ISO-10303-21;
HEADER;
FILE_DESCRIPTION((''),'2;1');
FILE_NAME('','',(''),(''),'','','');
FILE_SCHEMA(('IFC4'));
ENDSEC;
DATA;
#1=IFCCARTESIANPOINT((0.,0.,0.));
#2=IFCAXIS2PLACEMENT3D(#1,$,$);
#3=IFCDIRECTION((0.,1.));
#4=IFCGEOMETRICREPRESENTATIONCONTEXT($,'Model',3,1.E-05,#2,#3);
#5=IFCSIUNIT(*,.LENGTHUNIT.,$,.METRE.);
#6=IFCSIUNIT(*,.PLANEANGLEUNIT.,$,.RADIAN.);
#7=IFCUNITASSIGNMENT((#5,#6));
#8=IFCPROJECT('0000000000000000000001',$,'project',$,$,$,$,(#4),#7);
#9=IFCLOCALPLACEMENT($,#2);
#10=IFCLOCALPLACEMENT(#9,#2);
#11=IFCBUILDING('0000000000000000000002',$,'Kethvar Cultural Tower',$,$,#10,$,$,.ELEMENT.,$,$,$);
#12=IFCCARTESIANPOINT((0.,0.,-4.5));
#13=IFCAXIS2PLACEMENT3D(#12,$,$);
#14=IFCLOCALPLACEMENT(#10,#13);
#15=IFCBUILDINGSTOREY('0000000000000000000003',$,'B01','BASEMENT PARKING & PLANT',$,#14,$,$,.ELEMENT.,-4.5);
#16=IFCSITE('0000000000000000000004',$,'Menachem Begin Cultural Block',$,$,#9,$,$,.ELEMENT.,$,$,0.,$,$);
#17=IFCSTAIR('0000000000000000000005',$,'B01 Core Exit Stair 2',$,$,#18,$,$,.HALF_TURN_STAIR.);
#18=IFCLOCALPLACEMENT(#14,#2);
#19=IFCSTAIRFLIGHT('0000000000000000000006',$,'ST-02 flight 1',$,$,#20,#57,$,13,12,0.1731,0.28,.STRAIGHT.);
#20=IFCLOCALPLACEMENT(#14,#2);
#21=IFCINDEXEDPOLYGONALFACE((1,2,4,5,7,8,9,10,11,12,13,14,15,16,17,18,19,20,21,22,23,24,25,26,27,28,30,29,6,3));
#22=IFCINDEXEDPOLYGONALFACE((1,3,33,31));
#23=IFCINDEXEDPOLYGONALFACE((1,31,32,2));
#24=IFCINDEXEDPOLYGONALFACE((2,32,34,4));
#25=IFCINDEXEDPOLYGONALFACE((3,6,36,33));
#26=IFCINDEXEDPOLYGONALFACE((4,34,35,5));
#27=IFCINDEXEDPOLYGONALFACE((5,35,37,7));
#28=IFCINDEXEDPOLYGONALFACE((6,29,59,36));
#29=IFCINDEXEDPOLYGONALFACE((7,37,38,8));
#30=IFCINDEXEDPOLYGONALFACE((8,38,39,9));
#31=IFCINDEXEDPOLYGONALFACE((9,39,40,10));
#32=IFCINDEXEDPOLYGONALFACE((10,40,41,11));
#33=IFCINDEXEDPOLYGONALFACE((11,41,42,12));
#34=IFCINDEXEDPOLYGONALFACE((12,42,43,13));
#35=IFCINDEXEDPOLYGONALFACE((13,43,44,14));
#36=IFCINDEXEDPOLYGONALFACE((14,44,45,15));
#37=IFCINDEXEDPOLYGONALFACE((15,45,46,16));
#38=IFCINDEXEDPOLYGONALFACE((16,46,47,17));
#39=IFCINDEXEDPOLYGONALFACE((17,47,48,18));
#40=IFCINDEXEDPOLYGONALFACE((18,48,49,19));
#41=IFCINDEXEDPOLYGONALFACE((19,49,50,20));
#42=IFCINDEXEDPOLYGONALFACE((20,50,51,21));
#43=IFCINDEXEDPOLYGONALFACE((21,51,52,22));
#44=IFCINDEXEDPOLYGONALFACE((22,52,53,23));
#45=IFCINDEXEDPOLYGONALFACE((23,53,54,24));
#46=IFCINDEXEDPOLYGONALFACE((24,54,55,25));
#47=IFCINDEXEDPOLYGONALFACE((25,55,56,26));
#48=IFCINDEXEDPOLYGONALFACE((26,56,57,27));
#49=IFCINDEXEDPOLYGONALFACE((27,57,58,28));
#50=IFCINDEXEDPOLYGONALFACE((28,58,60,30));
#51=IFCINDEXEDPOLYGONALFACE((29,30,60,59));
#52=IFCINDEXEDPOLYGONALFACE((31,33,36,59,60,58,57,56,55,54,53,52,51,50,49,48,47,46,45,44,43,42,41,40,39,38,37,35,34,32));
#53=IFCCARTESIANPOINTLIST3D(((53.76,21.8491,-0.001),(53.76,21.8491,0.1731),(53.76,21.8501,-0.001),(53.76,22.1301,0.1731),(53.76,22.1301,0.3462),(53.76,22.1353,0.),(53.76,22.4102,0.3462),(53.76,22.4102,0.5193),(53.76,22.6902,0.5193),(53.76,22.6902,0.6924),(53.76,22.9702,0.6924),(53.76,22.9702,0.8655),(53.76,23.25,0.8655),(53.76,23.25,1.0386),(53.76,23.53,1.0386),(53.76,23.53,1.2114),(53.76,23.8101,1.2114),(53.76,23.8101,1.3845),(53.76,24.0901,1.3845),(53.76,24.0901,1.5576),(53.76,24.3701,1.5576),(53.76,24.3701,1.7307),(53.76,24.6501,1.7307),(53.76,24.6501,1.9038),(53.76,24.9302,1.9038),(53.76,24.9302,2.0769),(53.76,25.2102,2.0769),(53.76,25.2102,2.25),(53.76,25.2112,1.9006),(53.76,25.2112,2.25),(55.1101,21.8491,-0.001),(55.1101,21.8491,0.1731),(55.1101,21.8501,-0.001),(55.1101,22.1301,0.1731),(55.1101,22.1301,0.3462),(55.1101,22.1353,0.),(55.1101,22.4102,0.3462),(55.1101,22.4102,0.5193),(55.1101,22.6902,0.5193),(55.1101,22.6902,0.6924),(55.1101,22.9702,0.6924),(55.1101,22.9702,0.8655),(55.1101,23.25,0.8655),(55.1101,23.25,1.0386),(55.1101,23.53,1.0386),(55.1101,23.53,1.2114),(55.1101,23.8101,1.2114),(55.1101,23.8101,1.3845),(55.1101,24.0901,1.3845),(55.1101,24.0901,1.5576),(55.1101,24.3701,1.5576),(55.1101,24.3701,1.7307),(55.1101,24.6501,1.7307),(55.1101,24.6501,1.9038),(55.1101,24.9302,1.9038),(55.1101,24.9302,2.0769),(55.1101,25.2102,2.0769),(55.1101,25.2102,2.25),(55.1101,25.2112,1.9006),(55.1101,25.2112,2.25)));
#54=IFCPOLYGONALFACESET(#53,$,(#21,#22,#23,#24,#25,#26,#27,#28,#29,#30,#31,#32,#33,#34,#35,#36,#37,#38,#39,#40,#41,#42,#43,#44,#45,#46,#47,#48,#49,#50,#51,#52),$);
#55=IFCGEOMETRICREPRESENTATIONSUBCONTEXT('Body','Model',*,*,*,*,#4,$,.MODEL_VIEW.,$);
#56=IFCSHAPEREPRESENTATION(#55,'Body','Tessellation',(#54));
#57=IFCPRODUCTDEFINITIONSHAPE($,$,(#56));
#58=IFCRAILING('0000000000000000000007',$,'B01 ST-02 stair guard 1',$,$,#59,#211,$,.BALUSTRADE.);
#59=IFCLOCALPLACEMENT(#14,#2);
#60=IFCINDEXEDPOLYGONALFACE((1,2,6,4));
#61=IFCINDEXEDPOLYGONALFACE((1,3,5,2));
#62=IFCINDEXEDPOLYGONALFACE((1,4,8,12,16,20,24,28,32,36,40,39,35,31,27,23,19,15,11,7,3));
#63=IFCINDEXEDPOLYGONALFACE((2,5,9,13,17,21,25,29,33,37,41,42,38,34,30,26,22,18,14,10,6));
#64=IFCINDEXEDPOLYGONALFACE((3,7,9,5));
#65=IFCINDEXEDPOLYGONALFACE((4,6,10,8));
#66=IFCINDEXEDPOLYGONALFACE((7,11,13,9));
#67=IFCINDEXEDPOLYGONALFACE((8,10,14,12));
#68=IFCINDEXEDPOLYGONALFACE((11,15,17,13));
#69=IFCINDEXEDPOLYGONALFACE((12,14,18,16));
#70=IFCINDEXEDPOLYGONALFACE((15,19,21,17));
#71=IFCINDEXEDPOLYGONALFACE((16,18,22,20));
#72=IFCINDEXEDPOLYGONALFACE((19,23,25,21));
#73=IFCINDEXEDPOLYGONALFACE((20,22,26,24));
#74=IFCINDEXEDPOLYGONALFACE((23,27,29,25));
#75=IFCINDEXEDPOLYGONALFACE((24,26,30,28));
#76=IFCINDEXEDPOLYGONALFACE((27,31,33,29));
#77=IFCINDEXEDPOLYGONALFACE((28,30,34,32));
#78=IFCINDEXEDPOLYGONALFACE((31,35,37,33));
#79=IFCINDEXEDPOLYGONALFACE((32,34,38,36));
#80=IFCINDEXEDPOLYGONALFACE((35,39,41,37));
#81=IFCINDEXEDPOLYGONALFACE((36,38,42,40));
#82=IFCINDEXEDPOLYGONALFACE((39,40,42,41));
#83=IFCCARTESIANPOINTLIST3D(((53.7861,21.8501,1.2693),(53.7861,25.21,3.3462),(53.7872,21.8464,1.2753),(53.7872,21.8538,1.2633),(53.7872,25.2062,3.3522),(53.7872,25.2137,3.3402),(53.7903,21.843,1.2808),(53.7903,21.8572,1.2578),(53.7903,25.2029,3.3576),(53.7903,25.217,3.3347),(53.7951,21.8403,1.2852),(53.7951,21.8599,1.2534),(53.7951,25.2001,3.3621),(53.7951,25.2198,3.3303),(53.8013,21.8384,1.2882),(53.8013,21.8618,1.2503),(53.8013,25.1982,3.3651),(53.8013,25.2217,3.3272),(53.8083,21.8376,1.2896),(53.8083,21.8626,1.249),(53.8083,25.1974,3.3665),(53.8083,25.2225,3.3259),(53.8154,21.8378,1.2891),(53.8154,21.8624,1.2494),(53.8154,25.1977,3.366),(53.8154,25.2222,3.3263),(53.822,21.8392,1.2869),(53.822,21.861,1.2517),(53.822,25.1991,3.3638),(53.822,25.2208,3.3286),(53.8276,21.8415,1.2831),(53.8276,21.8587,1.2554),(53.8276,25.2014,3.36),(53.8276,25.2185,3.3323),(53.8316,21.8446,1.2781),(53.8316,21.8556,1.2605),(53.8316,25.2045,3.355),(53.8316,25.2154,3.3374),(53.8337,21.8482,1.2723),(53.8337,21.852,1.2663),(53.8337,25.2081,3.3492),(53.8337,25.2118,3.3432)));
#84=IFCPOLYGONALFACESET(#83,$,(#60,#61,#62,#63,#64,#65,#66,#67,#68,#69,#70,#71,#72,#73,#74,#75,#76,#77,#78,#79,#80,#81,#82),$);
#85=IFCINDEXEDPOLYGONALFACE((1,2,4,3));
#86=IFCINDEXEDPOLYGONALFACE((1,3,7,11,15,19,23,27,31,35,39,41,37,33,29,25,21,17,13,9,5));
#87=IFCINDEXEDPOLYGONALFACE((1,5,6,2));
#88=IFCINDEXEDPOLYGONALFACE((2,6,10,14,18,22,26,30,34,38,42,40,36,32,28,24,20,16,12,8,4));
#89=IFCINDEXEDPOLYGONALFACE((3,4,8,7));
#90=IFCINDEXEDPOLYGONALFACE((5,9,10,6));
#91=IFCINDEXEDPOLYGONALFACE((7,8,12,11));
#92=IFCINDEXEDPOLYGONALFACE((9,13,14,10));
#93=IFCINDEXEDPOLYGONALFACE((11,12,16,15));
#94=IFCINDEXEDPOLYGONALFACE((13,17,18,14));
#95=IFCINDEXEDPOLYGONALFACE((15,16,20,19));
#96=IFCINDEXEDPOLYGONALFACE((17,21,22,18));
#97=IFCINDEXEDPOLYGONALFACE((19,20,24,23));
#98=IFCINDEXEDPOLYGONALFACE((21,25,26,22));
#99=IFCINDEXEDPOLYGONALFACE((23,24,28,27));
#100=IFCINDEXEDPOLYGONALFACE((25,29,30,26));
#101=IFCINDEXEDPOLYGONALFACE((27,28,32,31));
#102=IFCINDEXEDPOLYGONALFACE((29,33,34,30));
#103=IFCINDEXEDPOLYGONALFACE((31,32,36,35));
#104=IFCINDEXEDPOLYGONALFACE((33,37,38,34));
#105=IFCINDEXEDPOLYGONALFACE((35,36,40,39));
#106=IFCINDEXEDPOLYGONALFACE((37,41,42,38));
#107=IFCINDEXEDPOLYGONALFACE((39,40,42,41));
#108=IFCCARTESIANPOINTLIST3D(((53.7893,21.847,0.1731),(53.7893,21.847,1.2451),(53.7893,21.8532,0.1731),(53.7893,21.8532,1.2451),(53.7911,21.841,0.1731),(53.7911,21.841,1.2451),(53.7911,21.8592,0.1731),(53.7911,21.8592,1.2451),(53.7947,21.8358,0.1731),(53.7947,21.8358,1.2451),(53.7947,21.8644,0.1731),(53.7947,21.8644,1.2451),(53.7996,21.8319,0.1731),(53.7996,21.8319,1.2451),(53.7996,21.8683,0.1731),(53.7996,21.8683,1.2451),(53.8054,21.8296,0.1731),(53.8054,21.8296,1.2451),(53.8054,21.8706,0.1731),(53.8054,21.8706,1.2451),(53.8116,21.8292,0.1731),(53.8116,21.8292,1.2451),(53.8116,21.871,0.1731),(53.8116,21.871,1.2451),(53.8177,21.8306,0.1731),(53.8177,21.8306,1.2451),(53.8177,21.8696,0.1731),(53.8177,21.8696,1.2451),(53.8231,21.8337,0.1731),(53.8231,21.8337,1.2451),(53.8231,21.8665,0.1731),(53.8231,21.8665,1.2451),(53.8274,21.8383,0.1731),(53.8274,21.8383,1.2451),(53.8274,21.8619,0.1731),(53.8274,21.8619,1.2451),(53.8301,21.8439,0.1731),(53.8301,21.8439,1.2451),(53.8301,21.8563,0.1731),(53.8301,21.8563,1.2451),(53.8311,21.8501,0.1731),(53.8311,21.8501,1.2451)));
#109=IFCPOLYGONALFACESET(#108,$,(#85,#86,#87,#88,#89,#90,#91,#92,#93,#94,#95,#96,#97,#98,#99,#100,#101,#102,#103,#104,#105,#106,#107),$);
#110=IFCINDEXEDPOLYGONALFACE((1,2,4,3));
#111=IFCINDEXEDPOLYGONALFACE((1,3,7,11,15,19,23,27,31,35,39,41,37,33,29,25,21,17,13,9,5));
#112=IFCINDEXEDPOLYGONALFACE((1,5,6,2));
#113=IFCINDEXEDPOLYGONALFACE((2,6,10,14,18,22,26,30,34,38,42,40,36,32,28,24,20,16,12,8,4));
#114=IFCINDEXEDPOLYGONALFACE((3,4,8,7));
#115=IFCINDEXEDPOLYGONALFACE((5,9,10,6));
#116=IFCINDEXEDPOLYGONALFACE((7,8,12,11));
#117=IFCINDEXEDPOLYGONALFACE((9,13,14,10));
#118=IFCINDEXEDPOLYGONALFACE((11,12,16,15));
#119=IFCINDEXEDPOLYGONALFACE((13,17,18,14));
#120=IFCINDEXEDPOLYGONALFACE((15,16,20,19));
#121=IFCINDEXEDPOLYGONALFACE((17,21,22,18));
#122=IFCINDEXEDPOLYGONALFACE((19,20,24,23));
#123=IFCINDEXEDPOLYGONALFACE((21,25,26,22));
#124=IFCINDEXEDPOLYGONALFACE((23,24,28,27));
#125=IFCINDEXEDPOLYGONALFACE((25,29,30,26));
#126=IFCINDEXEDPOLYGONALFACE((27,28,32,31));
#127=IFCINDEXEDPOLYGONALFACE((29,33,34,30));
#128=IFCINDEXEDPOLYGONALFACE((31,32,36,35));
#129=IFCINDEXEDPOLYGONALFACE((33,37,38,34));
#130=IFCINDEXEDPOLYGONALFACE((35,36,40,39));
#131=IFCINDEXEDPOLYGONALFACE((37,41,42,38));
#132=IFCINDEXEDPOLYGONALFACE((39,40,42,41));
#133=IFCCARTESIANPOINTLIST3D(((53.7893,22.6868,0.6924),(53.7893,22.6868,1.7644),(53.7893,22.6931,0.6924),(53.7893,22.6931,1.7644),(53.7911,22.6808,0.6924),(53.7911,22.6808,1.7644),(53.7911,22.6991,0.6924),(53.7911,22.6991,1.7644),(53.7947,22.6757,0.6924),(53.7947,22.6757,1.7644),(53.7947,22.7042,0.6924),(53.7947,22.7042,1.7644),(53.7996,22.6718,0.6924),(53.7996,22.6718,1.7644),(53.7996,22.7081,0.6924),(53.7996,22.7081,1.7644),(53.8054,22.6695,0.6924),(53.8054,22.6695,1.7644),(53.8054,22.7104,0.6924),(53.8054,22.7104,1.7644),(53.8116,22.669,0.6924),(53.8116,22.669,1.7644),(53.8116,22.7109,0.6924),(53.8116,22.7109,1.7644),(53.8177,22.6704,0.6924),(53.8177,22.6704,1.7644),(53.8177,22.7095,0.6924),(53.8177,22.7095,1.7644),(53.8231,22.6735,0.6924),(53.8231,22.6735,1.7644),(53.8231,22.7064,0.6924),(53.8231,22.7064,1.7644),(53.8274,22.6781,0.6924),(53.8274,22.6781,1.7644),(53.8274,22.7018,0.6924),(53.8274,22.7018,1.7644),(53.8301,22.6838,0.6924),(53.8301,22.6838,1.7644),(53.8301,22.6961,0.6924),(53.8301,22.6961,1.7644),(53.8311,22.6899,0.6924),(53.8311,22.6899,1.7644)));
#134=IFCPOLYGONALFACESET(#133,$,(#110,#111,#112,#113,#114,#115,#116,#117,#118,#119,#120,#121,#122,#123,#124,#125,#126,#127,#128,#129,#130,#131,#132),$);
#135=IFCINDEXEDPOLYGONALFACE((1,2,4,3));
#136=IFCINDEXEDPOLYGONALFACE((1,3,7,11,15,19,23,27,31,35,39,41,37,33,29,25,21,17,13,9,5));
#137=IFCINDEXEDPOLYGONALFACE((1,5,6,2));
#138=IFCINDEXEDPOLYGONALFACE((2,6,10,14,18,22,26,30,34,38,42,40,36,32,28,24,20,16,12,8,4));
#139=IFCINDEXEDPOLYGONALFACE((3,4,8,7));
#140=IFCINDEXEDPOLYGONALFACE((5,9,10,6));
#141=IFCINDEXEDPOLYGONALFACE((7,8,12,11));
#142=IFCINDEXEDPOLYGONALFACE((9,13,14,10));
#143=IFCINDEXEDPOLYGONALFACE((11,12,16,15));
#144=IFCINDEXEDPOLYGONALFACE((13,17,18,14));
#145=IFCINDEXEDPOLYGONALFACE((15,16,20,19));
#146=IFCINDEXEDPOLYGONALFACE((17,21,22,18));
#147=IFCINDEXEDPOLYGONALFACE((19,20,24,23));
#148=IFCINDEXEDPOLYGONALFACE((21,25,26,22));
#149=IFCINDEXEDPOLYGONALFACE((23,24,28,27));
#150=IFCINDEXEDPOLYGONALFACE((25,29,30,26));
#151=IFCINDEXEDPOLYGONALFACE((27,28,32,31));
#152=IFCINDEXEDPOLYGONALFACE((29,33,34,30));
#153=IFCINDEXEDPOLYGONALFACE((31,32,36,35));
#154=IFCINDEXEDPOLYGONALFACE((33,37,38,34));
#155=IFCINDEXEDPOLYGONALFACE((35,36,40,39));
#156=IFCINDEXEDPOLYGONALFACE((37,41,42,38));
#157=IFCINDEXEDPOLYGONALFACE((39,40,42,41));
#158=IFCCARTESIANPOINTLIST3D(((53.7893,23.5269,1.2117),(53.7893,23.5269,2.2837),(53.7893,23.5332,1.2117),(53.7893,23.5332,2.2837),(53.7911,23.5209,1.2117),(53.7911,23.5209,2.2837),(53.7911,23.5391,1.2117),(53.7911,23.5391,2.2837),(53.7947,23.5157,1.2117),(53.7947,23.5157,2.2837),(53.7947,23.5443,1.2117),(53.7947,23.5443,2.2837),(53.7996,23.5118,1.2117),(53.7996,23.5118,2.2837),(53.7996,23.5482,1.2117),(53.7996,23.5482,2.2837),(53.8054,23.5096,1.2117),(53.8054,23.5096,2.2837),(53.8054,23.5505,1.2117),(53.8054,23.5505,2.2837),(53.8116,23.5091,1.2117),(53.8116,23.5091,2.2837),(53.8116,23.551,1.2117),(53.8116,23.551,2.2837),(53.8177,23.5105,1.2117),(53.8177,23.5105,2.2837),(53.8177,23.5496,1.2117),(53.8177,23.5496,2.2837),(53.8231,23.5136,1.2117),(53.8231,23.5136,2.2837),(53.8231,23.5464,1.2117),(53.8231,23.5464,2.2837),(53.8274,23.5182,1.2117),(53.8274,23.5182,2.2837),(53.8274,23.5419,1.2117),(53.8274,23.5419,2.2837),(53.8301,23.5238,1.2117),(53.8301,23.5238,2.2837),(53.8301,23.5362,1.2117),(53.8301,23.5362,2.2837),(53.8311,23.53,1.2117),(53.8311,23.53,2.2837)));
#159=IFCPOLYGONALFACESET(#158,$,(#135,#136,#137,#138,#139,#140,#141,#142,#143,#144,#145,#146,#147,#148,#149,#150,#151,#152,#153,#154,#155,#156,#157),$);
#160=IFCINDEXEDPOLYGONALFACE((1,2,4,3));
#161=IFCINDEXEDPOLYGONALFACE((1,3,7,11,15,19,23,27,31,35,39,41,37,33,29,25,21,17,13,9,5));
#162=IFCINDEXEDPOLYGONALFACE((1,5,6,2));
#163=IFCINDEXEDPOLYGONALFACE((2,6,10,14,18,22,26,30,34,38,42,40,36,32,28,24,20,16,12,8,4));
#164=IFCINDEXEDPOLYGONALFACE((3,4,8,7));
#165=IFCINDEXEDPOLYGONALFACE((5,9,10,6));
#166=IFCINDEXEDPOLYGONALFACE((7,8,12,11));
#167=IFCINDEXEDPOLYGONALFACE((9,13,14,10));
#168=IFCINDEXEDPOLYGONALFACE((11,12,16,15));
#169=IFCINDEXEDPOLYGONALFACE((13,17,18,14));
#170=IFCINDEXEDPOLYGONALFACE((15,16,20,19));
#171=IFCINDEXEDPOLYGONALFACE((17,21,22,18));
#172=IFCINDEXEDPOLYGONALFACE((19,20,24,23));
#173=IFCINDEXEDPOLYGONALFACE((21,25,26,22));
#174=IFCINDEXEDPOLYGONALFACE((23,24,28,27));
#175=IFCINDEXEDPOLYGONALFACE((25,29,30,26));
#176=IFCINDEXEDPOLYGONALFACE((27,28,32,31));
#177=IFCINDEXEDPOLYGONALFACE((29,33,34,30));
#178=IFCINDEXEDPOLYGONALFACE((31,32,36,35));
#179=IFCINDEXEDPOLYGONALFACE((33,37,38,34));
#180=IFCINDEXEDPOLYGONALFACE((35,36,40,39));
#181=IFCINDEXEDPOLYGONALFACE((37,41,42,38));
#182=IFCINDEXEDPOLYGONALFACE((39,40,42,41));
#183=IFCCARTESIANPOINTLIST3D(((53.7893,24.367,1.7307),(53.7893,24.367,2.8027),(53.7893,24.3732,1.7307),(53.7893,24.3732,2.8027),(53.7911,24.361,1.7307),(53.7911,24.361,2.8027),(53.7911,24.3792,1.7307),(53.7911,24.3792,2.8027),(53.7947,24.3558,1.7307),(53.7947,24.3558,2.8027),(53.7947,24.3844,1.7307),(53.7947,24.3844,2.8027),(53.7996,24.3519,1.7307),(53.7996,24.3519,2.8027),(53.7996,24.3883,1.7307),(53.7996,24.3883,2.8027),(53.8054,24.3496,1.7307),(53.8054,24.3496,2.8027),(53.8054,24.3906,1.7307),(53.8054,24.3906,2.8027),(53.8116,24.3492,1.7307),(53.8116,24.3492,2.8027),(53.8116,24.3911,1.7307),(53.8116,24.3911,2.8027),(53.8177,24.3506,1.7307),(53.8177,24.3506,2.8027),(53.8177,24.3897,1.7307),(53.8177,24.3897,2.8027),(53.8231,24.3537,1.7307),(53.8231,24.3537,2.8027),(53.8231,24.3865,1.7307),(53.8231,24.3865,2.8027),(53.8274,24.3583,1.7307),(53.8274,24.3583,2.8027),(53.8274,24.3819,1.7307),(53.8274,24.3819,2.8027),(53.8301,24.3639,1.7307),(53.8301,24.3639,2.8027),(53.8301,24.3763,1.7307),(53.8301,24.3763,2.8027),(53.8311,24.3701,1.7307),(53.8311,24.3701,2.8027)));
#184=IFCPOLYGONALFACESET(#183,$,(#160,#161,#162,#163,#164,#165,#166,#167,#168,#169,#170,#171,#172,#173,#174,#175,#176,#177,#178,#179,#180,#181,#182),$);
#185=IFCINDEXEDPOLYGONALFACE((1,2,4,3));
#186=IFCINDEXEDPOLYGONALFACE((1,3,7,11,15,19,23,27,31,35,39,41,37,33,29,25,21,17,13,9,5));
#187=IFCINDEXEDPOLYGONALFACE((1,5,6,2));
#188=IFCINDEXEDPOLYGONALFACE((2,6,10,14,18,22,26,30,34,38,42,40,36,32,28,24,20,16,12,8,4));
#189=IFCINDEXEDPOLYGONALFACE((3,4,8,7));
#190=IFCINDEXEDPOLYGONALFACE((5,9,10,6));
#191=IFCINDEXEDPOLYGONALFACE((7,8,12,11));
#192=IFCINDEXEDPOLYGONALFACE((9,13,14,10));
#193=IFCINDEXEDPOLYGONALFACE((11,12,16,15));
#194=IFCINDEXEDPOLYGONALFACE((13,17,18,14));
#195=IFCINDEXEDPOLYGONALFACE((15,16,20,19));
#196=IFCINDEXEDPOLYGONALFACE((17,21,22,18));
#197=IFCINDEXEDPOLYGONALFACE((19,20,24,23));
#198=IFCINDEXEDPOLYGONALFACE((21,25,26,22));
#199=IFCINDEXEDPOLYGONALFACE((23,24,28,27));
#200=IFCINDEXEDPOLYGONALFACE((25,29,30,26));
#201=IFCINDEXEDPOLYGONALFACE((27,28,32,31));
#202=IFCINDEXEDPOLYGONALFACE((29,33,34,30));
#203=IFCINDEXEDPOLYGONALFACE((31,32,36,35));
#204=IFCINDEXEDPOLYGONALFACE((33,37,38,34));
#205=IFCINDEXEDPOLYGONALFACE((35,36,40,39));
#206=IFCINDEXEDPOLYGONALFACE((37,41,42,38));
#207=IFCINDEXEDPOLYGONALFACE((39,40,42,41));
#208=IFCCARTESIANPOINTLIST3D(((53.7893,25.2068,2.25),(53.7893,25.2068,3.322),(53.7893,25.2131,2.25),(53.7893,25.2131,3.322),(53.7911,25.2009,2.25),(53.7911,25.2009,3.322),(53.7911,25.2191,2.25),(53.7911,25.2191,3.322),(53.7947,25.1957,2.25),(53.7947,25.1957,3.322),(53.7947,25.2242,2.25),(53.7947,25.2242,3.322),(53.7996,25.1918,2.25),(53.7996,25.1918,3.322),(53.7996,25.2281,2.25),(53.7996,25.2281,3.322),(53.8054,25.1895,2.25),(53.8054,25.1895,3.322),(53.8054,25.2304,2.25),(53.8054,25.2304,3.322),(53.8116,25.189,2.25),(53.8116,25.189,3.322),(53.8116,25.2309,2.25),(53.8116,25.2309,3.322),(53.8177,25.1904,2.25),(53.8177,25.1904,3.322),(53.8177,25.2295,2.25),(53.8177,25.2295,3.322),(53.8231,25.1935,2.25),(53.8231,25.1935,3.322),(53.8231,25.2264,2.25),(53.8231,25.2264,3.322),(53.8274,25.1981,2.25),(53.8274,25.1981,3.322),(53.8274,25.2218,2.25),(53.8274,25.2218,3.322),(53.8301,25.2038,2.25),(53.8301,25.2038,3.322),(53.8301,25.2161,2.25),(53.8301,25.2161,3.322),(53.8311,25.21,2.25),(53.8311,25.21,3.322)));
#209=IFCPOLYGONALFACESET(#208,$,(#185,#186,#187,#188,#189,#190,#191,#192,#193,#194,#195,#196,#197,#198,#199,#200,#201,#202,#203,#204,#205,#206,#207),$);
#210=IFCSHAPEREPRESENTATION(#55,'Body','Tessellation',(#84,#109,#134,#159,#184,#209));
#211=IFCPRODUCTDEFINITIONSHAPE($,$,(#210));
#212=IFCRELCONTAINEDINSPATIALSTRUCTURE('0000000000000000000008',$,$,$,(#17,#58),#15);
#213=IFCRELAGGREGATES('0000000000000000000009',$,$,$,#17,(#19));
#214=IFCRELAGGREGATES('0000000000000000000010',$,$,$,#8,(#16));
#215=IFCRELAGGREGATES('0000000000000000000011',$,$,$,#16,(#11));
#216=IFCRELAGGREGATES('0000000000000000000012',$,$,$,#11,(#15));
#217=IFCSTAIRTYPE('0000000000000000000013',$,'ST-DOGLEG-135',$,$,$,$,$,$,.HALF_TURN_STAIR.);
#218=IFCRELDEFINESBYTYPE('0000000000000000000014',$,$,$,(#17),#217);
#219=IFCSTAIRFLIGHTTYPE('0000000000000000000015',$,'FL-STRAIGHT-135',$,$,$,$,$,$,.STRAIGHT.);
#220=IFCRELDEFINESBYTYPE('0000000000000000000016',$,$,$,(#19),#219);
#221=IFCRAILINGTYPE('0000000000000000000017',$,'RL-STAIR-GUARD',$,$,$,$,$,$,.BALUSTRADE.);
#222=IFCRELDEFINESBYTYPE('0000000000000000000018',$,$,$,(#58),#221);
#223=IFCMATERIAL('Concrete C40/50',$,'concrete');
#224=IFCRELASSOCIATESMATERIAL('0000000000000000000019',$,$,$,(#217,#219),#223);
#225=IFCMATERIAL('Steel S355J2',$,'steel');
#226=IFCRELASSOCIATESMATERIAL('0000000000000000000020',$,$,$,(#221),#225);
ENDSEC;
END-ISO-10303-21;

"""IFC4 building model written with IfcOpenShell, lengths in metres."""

from ifc_helpers import new_model, si_unit, direction, frame, origin, origin_2d, place, context, subcontext, project, spatial, polyline, circle, outline, extrude, material, type_object, element, aggregate, save


model = new_model("IFC4")

# Units and contexts
model_context = context("Model", 3, precision=1e-05, world=origin(), true_north=direction((0.0, 1.0)))
body_context = subcontext(model_context, "Body", "Model", "MODEL_VIEW")
ifc_project = project(units=[si_unit("LENGTHUNIT", "METRE"), si_unit("PLANEANGLEUNIT", "RADIAN")], contexts=[model_context])

# Site, building, storey
site_placement = place(None, origin())
site = spatial("IfcSite", under=ifc_project, at=site_placement, Name="Menachem Begin Cultural Block", CompositionType="ELEMENT", RefElevation=0.0)
building_placement = place(site_placement, origin())
building = spatial("IfcBuilding", under=site, at=building_placement, Name="Kethvar Cultural Tower", CompositionType="ELEMENT")
storey_placement = place(building_placement, frame((0.0, 0.0, -4.5)))
storey = spatial("IfcBuildingStorey", under=building, at=storey_placement, Name="B01", Description="BASEMENT PARKING & PLANT", CompositionType="ELEMENT", Elevation=-4.5)

# Shared definitions
ifc_material_1 = material(Name="Steel S355J2", Category="steel")

# Shared definitions
ifc_material_2 = material(Name="Concrete C40/50", Category="concrete")

# Stair, stair flight
stair_type = type_object("IfcStairType", Name="ST-DOGLEG-135", PredefinedType="HALF_TURN_STAIR", material=ifc_material_2)
stair_placement = place(storey_placement, origin())
stair = element("IfcStair", 1, at=stair_placement, inside=storey, type_object=stair_type, Name="B01 Core Exit Stair 2", PredefinedType="HALF_TURN_STAIR")
stair_flight_type = type_object("IfcStairFlightType", Name="FL-STRAIGHT-135", PredefinedType="STRAIGHT", material=ifc_material_2)
stair_flight_placement = place(storey_placement, frame((54.4351, 21.8501, 0.0), z_axis=(0.0, 0.0, 1.0), x_axis=(0.0, 1.0, 0.0)))
stair_flight = element("IfcStairFlight", 2, at=stair_flight_placement, type_object=stair_flight_type, Name="ST-02 flight 1", NumberOfRisers=13, NumberOfTreads=12, PredefinedType="STRAIGHT", RiserHeight=0.1731, TreadLength=0.28, context=body_context, shape_type="SweptSolid", body=[
    extrude(outline(polyline([(-0.001, -0.001), (-0.001, 0.1731), (0.28, 0.1731), (0.28, 0.3462), (0.5601, 0.3462), (0.5601, 0.5193), (0.8401, 0.5193), (0.8401, 0.6924), (1.1201, 0.6924), (1.1201, 0.8655), (1.3999, 0.8655), (1.3999, 1.0386), (1.6799, 1.0386), (1.6799, 1.2114), (1.96, 1.2114), (1.96, 1.3845), (2.24, 1.3845), (2.24, 1.5576), (2.52, 1.5576), (2.52, 1.7307), (2.8, 1.7307), (2.8, 1.9038), (3.0801, 1.9038), (3.0801, 2.0769), (3.3601, 2.0769), (3.3601, 2.25), (3.3611, 2.25), (3.3611, 1.9006), (0.2852, 0.0), (0.0, -0.001), (-0.001, -0.001)])), frame((0.0, 0.675, 0.0), z_axis=(0.0, -1.0, 0.0), x_axis=(1.0, 0.0, 0.0)), (0.0, 0.0, 1.0), 1.3501),
])
aggregate(stair, [stair_flight])

# Railing
railing_type_1 = type_object("IfcRailingType", Name="RL-STAIR-GUARD", PredefinedType="BALUSTRADE", material=ifc_material_1)
railing_1_placement = place(storey_placement, frame((53.8101, 21.8501, 0.1731)))
element("IfcRailing", 3, at=railing_1_placement, inside=storey, type_object=railing_type_1, Name="B01 ST-02 stair guard 1", PredefinedType="BALUSTRADE", context=body_context, shape_type="SweptSolid", body=[
    extrude(circle(Radius=0.0239, at=origin_2d()), frame((0.0, 0.0, 1.0962), z_axis=(0.0, 0.850606, 0.525803), x_axis=(-1.0, 0.0, 0.0)), (0.0, 0.0, 1.0), 3.95),
    extrude(circle(Radius=0.021, at=origin_2d()), origin(), (0.0, 0.0, 1.0), 1.072),
    extrude(circle(Radius=0.021, at=origin_2d()), frame((0.0, 0.8398, 0.5193)), (0.0, 0.0, 1.0), 1.072),
    extrude(circle(Radius=0.021, at=origin_2d()), frame((0.0, 1.6799, 1.0386)), (0.0, 0.0, 1.0), 1.072),
    extrude(circle(Radius=0.021, at=origin_2d()), frame((0.0, 2.52, 1.5576)), (0.0, 0.0, 1.0), 1.072),
    extrude(circle(Radius=0.021, at=origin_2d()), frame((0.0, 3.3599, 2.0769)), (0.0, 0.0, 1.0), 1.072),
])

save(model, "model.ifc")
